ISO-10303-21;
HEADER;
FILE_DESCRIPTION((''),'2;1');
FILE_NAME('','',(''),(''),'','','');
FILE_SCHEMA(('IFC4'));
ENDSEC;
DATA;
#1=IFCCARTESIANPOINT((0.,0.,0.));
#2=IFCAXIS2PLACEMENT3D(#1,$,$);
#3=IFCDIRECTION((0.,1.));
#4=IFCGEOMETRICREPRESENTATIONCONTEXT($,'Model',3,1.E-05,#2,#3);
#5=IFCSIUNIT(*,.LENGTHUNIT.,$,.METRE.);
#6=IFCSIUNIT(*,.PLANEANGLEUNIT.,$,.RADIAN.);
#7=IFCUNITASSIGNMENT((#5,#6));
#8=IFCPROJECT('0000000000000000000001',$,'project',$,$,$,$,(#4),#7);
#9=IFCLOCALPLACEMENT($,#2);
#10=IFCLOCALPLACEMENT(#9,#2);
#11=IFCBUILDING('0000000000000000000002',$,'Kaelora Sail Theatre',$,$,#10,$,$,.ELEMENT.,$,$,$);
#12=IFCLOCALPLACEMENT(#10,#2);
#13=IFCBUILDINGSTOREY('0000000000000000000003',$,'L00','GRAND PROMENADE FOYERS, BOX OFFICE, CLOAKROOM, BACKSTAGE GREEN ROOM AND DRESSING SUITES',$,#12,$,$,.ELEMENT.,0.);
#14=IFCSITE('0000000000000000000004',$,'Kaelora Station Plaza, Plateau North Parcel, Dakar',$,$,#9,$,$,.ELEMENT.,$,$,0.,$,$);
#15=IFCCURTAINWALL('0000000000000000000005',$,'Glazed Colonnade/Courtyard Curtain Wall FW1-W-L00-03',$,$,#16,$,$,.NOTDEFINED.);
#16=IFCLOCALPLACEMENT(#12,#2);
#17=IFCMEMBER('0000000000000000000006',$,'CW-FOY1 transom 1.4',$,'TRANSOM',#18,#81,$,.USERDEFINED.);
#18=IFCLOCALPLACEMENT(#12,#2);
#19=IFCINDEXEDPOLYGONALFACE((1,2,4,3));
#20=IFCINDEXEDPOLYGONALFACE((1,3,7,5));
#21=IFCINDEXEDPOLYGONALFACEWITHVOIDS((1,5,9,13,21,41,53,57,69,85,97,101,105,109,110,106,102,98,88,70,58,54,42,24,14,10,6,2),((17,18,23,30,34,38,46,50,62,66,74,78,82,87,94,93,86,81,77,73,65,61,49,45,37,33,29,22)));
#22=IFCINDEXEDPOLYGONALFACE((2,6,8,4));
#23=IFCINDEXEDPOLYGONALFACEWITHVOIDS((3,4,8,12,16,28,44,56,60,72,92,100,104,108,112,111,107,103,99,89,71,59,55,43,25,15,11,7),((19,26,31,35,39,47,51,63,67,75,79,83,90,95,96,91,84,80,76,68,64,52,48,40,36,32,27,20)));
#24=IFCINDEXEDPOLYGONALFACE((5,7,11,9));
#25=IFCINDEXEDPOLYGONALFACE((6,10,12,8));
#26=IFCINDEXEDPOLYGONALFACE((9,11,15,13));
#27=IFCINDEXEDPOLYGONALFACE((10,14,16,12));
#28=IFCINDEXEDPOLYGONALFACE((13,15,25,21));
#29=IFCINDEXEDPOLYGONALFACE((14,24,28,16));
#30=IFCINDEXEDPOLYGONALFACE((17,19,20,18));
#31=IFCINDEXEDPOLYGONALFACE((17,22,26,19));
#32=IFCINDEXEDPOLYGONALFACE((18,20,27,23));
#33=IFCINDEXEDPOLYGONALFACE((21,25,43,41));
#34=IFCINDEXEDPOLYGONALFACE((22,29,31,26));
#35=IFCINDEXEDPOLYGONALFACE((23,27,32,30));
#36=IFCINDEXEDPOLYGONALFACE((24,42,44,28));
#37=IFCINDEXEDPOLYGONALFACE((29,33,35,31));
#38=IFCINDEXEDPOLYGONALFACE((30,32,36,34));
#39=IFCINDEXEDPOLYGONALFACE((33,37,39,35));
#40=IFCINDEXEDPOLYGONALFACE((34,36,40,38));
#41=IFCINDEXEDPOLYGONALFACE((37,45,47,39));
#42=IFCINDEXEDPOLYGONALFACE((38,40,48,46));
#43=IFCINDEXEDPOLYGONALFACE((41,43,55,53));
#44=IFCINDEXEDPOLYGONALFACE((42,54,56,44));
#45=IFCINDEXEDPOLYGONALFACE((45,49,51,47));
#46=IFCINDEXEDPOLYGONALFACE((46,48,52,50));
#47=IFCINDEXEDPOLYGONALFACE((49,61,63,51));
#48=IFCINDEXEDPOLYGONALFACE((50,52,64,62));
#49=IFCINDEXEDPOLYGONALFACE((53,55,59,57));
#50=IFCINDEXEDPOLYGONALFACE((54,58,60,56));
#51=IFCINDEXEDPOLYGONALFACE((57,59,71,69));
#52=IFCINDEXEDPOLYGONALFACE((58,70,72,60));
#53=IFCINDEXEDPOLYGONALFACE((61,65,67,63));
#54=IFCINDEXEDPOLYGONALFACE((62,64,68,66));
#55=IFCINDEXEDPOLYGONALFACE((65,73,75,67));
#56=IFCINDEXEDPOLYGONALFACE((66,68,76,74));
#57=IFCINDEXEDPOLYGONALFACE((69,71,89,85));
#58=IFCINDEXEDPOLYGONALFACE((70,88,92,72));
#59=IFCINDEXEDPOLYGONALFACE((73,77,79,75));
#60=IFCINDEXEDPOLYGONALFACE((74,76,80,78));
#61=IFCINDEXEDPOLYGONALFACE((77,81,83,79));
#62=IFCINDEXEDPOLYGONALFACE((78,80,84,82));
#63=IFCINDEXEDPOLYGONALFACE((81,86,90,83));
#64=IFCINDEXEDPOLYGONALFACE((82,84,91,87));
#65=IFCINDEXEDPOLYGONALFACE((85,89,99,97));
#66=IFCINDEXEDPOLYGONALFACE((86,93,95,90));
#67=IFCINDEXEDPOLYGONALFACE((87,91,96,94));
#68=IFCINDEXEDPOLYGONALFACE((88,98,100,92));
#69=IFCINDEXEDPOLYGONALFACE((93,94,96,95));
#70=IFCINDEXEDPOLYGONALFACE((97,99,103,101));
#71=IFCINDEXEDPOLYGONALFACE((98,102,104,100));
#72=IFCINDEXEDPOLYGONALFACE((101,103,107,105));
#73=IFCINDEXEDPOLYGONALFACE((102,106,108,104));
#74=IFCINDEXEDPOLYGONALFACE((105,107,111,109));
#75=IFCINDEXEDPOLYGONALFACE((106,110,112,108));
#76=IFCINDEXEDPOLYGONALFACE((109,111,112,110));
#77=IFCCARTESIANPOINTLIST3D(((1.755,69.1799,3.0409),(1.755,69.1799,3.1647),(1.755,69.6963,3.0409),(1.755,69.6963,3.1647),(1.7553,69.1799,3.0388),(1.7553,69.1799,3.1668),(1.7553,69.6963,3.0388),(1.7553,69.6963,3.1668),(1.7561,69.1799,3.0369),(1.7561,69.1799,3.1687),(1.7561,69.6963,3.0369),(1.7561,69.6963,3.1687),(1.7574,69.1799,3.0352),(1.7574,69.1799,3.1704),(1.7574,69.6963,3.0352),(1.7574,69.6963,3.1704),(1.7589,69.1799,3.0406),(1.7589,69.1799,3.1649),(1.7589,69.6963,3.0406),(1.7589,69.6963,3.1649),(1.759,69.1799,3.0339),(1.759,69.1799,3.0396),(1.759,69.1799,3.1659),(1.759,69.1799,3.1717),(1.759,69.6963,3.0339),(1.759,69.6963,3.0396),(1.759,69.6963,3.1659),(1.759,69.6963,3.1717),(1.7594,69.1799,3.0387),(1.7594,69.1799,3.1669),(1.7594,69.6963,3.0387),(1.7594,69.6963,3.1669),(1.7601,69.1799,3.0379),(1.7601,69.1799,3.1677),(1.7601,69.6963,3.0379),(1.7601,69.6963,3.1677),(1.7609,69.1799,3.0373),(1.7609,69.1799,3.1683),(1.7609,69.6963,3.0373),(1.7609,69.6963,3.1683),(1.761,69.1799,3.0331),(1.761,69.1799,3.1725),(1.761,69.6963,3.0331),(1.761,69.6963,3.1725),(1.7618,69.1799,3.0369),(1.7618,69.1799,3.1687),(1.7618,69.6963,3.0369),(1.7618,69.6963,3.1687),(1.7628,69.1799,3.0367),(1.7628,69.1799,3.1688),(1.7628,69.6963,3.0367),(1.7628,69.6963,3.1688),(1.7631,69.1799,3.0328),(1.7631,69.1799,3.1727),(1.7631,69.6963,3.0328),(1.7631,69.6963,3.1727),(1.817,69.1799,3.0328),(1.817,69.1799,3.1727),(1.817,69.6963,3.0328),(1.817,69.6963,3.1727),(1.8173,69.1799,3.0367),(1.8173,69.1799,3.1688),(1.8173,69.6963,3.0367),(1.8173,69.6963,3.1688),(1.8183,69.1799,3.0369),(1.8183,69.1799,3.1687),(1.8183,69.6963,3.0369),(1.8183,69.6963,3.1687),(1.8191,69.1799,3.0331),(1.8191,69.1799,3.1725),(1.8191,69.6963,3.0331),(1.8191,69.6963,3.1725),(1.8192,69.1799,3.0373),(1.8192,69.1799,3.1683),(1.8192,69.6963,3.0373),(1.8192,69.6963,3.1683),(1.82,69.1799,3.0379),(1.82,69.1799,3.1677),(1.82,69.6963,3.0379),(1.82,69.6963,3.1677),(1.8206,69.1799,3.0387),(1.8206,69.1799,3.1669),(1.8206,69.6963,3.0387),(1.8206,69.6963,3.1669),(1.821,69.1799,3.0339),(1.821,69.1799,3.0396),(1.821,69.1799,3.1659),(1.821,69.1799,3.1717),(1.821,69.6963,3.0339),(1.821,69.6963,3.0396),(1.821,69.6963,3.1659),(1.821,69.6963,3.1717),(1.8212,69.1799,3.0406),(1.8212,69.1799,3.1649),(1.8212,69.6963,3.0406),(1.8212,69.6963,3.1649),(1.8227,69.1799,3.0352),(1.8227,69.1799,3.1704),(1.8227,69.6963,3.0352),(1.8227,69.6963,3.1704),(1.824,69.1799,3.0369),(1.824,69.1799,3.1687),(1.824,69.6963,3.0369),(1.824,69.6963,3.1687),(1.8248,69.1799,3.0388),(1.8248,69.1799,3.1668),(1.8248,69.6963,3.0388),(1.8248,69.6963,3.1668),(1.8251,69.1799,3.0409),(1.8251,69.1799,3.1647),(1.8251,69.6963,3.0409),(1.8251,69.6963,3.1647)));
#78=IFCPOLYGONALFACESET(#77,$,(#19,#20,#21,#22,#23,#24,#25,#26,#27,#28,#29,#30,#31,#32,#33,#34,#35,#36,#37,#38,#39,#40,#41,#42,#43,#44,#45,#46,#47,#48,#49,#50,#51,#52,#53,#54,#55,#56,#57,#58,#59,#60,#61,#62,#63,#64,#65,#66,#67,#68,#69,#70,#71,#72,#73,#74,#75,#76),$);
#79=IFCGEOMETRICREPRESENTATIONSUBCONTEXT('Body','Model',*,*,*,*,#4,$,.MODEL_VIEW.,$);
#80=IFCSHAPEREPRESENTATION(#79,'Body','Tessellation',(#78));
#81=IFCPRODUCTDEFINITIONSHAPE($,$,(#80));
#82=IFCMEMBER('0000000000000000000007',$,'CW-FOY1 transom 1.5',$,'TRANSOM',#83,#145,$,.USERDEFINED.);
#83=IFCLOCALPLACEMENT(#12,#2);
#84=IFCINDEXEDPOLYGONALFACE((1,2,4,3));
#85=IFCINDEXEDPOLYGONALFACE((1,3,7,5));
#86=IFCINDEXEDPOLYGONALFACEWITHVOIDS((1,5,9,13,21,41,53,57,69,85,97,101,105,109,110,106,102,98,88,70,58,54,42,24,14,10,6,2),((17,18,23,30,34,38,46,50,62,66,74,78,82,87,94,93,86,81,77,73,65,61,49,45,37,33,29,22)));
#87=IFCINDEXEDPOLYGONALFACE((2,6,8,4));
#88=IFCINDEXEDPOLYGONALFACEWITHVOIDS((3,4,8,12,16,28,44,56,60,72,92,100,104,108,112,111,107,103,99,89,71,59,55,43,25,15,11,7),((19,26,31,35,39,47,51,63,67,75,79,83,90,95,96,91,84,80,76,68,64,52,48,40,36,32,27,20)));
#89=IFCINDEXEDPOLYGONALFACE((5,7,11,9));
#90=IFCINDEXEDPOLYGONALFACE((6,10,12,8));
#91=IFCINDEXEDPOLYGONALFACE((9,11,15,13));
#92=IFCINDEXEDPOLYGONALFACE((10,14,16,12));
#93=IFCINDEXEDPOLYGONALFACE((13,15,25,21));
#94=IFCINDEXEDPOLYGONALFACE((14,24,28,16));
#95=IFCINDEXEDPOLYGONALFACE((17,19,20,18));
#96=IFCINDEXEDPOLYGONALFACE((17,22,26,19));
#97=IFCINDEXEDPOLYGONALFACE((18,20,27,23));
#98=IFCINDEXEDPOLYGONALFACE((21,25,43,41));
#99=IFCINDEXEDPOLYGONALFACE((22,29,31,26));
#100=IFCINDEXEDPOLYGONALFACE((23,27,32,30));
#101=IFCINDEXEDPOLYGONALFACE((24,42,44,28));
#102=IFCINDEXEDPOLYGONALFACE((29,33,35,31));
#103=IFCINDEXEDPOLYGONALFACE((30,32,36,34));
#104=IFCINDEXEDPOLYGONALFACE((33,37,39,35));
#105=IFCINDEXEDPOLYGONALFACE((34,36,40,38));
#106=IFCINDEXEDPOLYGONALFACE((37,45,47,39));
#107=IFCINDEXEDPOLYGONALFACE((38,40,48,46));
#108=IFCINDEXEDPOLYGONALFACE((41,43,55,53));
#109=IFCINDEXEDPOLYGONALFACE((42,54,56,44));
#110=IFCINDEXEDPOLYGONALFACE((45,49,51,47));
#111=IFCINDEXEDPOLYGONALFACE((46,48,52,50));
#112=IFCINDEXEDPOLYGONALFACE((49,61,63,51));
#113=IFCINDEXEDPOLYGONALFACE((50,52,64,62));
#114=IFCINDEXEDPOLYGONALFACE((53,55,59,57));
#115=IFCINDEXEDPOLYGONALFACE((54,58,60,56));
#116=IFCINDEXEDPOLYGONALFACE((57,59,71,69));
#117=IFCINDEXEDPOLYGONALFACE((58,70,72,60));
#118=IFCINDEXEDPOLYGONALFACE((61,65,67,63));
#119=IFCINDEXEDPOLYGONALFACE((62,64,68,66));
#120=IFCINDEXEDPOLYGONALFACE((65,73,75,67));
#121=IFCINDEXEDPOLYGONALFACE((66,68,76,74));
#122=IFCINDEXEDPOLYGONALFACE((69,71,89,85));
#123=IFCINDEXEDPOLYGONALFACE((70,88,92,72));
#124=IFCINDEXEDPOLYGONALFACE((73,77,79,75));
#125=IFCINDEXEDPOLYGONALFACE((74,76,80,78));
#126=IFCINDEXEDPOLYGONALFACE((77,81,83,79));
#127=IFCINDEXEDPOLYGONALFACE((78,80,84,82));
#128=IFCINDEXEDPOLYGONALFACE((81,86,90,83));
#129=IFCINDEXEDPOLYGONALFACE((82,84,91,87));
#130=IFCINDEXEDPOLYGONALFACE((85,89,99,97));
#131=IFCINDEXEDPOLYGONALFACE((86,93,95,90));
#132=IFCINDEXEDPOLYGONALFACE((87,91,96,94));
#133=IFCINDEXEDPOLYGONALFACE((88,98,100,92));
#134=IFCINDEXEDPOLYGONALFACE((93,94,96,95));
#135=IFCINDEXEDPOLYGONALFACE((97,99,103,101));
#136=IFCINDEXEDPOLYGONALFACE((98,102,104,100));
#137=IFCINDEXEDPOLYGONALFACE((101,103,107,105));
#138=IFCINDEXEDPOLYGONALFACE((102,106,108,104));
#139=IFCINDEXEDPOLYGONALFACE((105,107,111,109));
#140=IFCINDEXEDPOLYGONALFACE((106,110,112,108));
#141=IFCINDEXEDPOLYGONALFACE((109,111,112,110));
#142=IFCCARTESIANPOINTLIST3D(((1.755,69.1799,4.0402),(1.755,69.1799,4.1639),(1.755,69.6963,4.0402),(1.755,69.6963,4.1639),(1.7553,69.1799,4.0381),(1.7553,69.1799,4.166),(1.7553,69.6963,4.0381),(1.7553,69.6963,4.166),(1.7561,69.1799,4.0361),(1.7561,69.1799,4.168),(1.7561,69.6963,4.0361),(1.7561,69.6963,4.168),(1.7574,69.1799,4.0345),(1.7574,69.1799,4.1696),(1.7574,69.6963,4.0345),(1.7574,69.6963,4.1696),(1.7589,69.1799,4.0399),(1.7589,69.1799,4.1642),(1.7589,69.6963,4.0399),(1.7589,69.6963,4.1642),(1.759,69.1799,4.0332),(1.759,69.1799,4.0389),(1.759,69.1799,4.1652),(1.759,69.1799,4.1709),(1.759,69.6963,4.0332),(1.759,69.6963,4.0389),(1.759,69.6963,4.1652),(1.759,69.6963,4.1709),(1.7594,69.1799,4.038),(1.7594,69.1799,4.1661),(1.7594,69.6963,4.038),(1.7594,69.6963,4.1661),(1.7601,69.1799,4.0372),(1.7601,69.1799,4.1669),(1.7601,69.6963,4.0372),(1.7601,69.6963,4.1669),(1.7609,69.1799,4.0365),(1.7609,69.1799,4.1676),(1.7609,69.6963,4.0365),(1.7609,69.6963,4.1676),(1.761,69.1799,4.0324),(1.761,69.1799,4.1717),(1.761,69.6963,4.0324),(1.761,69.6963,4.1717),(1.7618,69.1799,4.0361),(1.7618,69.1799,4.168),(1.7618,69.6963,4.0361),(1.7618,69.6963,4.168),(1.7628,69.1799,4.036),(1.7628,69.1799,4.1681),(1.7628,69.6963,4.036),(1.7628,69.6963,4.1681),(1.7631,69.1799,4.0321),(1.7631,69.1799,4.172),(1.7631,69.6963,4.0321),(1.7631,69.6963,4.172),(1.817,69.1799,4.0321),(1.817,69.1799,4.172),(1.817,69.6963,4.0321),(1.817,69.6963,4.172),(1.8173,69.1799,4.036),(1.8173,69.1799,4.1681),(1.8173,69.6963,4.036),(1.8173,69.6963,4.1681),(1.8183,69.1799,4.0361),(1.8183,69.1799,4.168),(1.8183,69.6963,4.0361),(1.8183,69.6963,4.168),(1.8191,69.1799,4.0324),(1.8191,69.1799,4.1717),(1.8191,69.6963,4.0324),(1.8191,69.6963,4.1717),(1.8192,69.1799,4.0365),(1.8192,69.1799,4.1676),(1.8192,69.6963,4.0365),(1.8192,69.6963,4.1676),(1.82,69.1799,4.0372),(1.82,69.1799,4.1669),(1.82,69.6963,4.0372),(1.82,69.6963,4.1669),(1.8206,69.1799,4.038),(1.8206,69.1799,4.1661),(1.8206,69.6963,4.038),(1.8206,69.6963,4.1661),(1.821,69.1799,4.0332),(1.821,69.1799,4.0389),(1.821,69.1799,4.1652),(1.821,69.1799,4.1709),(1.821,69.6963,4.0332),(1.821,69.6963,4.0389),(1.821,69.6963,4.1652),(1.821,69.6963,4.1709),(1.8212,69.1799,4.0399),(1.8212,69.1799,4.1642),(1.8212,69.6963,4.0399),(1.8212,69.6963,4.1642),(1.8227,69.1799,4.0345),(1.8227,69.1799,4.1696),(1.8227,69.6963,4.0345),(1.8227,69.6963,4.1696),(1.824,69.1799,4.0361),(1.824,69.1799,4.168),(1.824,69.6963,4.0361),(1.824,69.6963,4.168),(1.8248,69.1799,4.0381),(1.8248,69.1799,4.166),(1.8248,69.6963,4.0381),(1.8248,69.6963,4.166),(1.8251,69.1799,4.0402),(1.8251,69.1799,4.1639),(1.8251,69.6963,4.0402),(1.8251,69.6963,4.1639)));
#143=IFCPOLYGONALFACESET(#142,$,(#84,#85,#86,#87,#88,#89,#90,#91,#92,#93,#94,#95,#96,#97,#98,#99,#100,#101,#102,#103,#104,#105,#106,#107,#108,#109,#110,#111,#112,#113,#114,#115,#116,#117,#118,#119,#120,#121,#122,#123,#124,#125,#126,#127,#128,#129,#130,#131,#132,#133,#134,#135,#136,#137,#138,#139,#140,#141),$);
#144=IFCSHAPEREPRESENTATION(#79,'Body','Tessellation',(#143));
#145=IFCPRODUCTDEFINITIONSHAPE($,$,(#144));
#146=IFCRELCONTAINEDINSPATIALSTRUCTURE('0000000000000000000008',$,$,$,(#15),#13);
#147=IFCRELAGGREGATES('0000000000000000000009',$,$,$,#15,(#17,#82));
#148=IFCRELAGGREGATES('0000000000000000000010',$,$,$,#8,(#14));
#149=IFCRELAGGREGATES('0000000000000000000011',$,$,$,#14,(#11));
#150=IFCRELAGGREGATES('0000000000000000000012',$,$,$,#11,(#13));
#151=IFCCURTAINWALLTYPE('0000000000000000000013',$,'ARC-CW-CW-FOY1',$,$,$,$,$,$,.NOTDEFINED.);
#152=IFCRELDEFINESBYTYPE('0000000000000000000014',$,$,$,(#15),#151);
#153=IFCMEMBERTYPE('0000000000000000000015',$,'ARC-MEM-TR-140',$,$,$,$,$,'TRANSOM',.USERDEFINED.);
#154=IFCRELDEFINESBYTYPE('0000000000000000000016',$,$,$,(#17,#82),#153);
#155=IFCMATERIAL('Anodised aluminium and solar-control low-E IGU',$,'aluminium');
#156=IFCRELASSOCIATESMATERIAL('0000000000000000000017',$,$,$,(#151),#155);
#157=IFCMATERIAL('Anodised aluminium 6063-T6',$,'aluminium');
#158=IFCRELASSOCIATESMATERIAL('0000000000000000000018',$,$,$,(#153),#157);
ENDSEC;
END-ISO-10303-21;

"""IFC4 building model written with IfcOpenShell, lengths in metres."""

from ifc_helpers import new_model, si_unit, direction, frame, origin, origin_2d, place, context, subcontext, project, spatial, hollow_rectangle, extrude, material, material_profile, profile_set, type_object, element, aggregate, save


model = new_model("IFC4")

# Units and contexts
model_context = context("Model", 3, precision=1e-05, world=origin(), true_north=direction((0.0, 1.0)))
body_context = subcontext(model_context, "Body", "Model", "MODEL_VIEW")
ifc_project = project(units=[si_unit("LENGTHUNIT", "METRE"), si_unit("PLANEANGLEUNIT", "RADIAN")], contexts=[model_context])

# Site, building, storey
site_placement = place(None, origin())
site = spatial("IfcSite", under=ifc_project, at=site_placement, Name="Kaelora Station Plaza, Plateau North Parcel, Dakar", CompositionType="ELEMENT", RefElevation=0.0)
building_placement = place(site_placement, origin())
building = spatial("IfcBuilding", under=site, at=building_placement, Name="Kaelora Sail Theatre", CompositionType="ELEMENT")
storey_placement = place(building_placement, origin())
storey = spatial("IfcBuildingStorey", under=building, at=storey_placement, Name="L00", Description="GRAND PROMENADE FOYERS, BOX OFFICE, CLOAKROOM, BACKSTAGE GREEN ROOM AND DRESSING SUITES", CompositionType="ELEMENT", Elevation=0.0)

# Shared definitions
ifc_material_1 = material(Name="Anodised aluminium and solar-control low-E IGU", Category="aluminium")
curtain_wall_type = type_object("IfcCurtainWallType", Name="ARC-CW-CW-FOY1", PredefinedType="NOTDEFINED", material=ifc_material_1)

# Curtain wall
curtain_wall_1_placement = place(storey_placement, origin())
curtain_wall_1 = element("IfcCurtainWall", 1, at=curtain_wall_1_placement, inside=storey, type_object=curtain_wall_type, Name="Glazed Colonnade/Courtyard Curtain Wall FW1-W-L00-03", PredefinedType="NOTDEFINED")

# Members
ifc_material_2 = material(Name="Anodised aluminium 6063-T6", Category="aluminium")
ifc_material_profile_1 = material_profile(ifc_material_2, hollow_rectangle(XDim=0.0701, YDim=0.1399, WallThickness=0.0039, InnerFilletRadius=0.0039, OuterFilletRadius=0.0081, at=origin_2d()), Name="ALU-TRAN 70x140x4")
ifc_profile_set_1 = profile_set([ifc_material_profile_1], Name="Anodised aluminium 6063-T6")
member_type_1 = type_object("IfcMemberType", Name="ARC-MEM-TR-140", ElementType="TRANSOM", PredefinedType="USERDEFINED", material=ifc_profile_set_1)
member_1_placement = place(storey_placement, frame((1.79, 69.1799, 3.1028), z_axis=(0.0, 1.0, 0.0), x_axis=(-1.0, 0.0, 0.0)))
member_1 = element("IfcMember", 2, at=member_1_placement, type_object=member_type_1, Name="CW-FOY1 transom 1.4", ObjectType="TRANSOM", PredefinedType="USERDEFINED", context=body_context, shape_type="SweptSolid", body=[
    extrude(hollow_rectangle(XDim=0.0701, YDim=0.1399, WallThickness=0.0039, InnerFilletRadius=0.0039, OuterFilletRadius=0.0081, at=origin_2d()), origin(), (0.0, 0.0, 1.0), 0.5164),
])
member_2_placement = place(storey_placement, frame((1.79, 69.1799, 4.1021), z_axis=(0.0, 1.0, 0.0), x_axis=(-1.0, 0.0, 0.0)))
member_2 = element("IfcMember", 3, at=member_2_placement, type_object=member_type_1, Name="CW-FOY1 transom 1.5", ObjectType="TRANSOM", PredefinedType="USERDEFINED", context=body_context, shape_type="SweptSolid", body=[
    extrude(hollow_rectangle(XDim=0.0701, YDim=0.1399, WallThickness=0.0039, InnerFilletRadius=0.0039, OuterFilletRadius=0.0081, at=origin_2d()), origin(), (0.0, 0.0, 1.0), 0.5164),
])

aggregate(curtain_wall_1, [member_1, member_2])

save(model, "model.ifc")
